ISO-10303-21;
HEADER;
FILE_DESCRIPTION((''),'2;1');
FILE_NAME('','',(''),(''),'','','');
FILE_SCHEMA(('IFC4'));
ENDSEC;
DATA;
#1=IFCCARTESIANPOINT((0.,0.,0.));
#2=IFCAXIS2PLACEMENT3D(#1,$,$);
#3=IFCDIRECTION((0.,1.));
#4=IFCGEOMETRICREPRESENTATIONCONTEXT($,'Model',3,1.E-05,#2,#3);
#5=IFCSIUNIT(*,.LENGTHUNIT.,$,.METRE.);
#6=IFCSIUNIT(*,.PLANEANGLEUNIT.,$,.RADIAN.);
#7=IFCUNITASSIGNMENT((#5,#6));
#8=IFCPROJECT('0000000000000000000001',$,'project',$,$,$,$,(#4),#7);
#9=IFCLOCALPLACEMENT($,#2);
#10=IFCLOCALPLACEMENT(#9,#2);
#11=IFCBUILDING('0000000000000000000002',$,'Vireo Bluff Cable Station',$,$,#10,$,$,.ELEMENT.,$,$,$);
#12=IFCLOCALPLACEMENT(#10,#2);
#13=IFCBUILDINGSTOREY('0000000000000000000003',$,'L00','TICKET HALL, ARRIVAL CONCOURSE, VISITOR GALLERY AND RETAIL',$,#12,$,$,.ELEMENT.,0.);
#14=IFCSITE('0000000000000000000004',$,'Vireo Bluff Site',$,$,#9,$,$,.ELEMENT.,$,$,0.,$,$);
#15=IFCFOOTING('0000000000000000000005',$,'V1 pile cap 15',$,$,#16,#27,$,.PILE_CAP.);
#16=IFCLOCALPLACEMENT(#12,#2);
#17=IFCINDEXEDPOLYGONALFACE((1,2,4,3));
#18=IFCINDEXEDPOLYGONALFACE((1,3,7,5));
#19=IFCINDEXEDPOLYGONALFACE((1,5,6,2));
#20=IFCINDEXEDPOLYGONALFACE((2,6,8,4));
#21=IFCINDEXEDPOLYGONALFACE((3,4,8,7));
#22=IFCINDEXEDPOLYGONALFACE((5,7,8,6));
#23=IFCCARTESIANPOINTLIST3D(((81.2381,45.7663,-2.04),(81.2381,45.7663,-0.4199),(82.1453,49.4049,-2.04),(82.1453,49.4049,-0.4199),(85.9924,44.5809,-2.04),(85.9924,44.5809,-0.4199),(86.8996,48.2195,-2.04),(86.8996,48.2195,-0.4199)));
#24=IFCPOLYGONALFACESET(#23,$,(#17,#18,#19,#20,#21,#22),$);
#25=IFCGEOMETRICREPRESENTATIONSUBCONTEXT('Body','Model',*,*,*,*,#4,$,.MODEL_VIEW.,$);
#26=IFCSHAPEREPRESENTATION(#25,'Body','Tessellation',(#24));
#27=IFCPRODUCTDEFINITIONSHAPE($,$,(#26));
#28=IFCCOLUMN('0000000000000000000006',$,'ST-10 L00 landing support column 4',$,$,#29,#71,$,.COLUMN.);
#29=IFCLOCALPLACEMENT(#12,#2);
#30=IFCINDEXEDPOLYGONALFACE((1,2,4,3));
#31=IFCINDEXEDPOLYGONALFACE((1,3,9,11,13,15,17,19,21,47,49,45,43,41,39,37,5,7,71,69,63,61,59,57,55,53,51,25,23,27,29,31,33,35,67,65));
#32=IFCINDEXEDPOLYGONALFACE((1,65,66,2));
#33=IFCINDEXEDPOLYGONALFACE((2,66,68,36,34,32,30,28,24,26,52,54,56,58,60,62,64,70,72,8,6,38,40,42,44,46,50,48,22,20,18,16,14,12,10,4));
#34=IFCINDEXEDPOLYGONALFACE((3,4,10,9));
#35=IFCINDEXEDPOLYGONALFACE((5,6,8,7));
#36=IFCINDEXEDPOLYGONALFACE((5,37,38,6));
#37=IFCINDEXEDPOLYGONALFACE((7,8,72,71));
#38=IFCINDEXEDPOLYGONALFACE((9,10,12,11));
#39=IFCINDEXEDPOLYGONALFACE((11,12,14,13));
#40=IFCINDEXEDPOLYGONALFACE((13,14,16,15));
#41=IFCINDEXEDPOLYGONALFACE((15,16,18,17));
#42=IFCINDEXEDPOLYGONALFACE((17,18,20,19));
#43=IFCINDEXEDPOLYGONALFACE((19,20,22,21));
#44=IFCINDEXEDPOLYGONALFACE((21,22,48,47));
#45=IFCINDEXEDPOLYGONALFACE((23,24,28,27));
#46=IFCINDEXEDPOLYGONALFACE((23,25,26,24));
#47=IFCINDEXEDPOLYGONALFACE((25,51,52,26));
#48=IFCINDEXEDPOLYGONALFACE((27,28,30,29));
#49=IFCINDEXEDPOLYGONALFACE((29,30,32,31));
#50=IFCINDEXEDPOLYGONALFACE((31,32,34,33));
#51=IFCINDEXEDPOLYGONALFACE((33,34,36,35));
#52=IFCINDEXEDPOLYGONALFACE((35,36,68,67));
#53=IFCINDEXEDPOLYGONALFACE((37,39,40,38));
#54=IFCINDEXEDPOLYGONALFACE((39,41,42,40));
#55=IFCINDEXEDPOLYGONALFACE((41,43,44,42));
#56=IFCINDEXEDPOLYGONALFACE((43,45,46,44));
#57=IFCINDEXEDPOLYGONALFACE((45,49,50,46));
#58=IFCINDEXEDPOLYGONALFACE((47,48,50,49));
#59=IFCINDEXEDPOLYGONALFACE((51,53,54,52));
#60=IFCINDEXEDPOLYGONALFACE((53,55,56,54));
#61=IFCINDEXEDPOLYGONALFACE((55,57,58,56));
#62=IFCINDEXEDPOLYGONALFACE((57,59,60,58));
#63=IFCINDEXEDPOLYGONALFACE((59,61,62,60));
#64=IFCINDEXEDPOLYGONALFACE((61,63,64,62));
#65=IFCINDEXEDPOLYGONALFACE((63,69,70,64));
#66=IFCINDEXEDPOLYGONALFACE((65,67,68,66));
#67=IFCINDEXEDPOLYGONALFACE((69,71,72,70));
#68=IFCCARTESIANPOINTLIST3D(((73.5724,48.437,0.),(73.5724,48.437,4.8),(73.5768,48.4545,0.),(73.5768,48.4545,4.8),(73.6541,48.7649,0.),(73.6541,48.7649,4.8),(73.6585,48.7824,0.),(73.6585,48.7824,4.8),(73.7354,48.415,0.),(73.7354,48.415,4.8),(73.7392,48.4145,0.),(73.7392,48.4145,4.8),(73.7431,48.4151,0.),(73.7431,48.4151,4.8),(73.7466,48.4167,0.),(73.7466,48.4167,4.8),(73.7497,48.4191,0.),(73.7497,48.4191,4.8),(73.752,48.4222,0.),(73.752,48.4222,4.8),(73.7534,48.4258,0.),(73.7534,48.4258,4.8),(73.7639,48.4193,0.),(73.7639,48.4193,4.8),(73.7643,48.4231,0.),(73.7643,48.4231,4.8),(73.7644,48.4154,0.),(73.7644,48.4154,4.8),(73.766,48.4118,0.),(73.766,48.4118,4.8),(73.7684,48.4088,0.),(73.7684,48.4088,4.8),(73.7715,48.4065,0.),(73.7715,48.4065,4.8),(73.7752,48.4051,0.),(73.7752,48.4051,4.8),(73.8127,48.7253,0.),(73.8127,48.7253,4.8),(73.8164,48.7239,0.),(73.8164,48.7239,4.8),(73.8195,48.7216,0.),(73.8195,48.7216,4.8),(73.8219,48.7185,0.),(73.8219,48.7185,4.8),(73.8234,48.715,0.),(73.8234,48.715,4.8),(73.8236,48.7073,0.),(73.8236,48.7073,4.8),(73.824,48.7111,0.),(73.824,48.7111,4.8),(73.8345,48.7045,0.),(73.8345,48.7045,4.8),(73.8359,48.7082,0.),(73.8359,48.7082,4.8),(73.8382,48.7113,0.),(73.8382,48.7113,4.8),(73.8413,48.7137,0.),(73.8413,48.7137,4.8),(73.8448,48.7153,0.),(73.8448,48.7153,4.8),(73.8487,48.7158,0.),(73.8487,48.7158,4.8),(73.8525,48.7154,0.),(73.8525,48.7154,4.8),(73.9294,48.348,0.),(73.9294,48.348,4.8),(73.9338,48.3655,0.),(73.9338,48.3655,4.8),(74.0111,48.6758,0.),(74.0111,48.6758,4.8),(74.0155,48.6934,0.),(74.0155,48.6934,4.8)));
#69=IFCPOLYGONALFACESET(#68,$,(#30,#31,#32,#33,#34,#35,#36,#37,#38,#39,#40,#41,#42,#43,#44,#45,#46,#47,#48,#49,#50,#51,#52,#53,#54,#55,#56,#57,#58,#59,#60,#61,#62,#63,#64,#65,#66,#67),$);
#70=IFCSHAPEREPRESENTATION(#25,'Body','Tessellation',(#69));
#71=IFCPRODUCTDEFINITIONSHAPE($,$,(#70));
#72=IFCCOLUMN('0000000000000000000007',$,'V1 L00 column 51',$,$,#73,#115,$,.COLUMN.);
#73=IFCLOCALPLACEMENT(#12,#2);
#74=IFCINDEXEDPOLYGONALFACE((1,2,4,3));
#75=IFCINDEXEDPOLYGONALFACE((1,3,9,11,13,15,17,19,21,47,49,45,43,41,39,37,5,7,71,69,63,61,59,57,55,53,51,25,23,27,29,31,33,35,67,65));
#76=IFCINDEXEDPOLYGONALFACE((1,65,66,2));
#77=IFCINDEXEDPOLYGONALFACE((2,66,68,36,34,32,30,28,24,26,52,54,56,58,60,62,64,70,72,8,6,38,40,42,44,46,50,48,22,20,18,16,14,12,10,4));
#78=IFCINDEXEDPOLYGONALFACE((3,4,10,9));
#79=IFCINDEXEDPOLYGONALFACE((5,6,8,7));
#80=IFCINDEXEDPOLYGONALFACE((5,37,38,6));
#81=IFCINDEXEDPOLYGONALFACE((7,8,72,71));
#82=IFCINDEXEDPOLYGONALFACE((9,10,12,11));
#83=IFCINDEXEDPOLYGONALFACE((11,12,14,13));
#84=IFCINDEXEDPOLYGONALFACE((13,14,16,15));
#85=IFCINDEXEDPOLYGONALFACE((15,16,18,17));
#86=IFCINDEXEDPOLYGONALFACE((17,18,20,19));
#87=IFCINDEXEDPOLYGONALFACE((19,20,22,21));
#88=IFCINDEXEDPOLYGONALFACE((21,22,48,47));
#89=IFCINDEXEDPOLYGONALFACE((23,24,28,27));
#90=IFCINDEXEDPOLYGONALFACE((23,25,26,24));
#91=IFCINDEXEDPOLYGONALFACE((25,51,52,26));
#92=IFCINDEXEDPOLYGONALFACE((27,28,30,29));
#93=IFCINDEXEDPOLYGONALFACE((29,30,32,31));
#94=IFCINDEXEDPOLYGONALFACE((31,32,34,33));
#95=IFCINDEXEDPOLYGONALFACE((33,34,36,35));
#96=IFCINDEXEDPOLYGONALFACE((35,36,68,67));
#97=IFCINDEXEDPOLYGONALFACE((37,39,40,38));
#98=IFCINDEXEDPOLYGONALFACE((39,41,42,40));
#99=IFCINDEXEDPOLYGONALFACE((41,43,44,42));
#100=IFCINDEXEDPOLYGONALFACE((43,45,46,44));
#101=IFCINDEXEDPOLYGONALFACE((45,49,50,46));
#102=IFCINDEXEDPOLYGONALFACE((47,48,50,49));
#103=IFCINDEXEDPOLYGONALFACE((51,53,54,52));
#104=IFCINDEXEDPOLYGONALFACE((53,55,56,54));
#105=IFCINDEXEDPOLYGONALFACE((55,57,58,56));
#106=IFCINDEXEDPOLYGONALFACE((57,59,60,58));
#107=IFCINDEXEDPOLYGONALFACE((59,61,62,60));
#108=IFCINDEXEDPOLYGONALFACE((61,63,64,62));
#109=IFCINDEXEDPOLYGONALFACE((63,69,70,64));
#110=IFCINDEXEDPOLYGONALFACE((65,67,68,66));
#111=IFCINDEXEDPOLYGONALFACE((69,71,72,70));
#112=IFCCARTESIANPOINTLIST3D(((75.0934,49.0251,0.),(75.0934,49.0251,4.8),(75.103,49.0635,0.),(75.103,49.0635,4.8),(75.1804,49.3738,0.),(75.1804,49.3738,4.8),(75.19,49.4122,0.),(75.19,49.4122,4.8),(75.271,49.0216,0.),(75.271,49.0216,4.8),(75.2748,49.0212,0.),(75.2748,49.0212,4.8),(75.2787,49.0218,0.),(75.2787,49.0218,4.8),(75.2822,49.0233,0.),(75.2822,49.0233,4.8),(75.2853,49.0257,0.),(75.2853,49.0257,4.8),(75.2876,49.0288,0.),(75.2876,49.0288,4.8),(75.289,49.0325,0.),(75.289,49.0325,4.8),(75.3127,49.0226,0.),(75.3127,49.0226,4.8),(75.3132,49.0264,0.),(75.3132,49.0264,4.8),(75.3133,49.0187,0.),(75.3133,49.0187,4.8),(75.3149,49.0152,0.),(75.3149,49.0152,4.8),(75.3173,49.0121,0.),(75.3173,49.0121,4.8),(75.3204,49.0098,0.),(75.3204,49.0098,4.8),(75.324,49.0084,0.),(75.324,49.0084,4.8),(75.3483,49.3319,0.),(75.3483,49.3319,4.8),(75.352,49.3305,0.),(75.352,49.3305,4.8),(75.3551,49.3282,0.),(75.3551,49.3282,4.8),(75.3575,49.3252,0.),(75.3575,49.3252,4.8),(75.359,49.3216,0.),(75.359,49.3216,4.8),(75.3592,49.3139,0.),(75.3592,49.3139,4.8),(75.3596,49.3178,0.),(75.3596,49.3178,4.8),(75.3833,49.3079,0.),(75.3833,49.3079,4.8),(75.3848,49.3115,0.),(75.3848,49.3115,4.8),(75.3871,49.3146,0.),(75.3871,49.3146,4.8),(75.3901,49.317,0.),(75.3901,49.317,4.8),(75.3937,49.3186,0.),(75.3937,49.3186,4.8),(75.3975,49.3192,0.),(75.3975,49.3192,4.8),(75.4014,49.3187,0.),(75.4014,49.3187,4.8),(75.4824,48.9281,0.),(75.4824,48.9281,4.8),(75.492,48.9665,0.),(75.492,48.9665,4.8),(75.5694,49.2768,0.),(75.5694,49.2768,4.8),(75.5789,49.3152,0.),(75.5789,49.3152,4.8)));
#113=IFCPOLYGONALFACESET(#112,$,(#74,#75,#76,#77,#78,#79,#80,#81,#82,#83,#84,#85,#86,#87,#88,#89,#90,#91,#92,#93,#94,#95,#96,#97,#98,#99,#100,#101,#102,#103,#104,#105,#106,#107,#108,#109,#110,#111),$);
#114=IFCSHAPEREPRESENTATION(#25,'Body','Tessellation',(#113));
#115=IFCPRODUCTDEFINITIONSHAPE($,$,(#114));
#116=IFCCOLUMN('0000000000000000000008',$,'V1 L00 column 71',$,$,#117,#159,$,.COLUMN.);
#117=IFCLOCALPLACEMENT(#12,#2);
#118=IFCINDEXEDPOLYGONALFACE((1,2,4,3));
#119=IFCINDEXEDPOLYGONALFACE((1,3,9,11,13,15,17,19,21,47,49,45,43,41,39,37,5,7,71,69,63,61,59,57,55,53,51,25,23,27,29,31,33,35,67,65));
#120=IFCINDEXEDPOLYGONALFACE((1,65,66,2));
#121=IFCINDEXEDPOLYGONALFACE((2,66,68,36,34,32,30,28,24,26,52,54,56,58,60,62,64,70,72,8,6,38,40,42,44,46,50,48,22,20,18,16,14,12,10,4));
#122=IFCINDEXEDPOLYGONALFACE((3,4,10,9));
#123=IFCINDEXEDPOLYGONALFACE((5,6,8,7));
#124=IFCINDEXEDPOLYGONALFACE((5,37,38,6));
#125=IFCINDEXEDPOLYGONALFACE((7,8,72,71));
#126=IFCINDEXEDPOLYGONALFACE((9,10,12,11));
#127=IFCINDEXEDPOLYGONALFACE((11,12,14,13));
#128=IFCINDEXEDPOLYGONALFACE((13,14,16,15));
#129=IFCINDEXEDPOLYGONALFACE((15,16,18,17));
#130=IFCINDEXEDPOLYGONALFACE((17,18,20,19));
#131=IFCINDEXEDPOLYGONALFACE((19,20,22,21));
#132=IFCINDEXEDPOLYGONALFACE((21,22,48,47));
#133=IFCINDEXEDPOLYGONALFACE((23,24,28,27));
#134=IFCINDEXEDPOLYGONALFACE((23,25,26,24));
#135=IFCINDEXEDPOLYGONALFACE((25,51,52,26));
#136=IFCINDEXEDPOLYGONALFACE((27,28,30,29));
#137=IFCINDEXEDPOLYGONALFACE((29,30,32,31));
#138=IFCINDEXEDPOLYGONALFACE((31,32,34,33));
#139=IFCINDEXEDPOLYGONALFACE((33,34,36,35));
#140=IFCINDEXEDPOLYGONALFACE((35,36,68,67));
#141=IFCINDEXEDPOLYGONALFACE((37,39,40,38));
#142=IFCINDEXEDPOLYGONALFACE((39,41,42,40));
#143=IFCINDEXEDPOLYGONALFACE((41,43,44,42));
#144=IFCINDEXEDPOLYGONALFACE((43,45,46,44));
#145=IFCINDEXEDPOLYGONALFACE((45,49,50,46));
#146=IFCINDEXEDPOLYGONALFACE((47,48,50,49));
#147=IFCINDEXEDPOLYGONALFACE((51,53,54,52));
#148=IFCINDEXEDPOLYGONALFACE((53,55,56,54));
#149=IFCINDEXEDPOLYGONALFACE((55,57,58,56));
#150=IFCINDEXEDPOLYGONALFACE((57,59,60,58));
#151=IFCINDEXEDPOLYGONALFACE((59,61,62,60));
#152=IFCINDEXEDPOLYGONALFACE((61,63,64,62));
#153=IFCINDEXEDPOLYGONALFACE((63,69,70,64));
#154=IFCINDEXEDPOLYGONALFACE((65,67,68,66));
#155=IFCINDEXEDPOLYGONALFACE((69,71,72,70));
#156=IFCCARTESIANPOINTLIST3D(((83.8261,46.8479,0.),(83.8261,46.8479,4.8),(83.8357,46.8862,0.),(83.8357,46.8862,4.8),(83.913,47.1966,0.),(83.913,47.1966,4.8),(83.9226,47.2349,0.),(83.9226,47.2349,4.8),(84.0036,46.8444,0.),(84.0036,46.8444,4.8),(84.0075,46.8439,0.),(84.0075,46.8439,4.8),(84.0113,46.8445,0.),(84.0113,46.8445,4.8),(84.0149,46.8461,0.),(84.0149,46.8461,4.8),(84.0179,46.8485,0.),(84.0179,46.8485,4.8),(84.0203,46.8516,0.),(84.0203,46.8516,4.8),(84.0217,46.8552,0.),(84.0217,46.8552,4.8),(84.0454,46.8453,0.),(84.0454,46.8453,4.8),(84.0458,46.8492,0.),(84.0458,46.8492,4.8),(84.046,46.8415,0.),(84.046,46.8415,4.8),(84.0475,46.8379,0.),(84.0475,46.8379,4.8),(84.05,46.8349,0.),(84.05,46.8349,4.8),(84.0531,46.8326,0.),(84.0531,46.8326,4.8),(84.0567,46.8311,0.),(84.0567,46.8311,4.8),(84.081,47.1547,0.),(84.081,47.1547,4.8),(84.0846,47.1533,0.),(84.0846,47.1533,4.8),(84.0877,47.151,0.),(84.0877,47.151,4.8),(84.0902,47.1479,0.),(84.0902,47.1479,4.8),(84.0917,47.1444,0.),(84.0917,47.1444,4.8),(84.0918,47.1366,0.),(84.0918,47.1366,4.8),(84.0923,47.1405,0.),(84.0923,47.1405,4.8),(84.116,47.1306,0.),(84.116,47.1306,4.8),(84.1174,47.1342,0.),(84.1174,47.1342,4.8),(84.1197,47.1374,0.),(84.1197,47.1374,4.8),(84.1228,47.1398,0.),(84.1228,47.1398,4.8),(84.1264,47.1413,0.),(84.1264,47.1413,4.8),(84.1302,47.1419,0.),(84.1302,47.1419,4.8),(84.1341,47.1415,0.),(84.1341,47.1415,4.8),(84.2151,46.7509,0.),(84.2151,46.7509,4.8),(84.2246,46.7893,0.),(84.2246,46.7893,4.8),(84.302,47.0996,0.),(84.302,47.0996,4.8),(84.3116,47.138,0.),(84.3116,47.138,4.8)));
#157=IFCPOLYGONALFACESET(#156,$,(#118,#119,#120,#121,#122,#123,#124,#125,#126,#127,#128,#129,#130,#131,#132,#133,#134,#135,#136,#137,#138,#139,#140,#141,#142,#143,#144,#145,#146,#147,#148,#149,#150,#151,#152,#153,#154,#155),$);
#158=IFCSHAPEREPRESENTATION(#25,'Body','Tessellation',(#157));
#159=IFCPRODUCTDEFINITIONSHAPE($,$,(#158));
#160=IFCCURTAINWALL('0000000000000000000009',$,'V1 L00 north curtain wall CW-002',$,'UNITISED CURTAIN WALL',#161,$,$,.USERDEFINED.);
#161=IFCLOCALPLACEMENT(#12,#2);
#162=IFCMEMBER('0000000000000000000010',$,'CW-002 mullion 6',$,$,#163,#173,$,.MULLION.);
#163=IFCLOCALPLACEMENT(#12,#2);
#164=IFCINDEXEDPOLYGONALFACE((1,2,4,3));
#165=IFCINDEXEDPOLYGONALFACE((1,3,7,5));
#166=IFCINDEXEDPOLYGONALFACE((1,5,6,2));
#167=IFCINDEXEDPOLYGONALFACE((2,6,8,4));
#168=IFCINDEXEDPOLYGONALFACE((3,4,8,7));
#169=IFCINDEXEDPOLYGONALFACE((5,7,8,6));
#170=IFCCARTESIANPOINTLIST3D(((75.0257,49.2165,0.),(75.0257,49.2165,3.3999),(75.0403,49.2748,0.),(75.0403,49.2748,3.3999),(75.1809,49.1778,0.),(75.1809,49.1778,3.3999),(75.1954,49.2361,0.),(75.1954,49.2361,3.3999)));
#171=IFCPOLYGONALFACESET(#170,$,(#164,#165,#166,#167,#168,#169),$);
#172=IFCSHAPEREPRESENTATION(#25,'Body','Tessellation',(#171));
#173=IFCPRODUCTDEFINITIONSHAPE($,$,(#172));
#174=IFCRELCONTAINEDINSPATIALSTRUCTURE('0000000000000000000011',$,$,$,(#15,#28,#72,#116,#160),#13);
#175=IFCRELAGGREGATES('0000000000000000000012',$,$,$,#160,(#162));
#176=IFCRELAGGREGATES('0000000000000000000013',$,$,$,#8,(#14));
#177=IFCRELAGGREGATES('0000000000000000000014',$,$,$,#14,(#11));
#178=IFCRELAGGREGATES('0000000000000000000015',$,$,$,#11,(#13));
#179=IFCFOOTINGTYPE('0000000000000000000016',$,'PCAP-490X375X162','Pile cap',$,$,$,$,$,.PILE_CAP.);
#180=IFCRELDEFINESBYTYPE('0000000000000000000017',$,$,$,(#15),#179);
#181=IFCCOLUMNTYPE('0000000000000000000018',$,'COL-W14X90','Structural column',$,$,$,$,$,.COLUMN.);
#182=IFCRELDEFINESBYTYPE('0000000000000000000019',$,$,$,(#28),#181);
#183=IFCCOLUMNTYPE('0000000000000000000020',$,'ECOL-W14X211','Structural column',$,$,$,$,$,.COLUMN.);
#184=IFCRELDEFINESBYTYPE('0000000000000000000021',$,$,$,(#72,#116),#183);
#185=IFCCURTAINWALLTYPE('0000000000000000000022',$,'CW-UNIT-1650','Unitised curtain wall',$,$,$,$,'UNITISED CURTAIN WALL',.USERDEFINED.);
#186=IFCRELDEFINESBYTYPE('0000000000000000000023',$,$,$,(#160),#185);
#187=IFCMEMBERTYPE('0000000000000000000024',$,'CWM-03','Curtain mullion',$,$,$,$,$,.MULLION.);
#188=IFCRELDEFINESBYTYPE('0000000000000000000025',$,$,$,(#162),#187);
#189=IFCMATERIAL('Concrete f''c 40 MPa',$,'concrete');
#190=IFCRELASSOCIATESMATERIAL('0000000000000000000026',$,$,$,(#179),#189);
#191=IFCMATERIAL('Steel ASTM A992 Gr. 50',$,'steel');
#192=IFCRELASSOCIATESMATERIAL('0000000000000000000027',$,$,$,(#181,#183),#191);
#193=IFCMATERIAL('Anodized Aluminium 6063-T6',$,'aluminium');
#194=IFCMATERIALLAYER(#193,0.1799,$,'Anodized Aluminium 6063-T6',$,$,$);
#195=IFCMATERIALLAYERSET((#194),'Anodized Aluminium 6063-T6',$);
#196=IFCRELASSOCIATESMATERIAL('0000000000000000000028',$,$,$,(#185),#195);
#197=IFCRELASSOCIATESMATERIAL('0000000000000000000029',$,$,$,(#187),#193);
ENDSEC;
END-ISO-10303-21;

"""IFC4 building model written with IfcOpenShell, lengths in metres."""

from ifc_helpers import new_model, si_unit, direction, frame, origin, origin_2d, place, context, subcontext, project, spatial, rectangle, i_section, extrude, material, layer, layer_set, material_profile, profile_set, type_object, element, aggregate, save


model = new_model("IFC4")

# Units and contexts
model_context = context("Model", 3, precision=1e-05, world=origin(), true_north=direction((0.0, 1.0)))
body_context = subcontext(model_context, "Body", "Model", "MODEL_VIEW")
ifc_project = project(units=[si_unit("LENGTHUNIT", "METRE"), si_unit("PLANEANGLEUNIT", "RADIAN")], contexts=[model_context])

# Site, building, storey
site_placement = place(None, origin())
site = spatial("IfcSite", under=ifc_project, at=site_placement, Name="Vireo Bluff Site", CompositionType="ELEMENT", RefElevation=0.0)
building_placement = place(site_placement, origin())
building = spatial("IfcBuilding", under=site, at=building_placement, Name="Vireo Bluff Cable Station", CompositionType="ELEMENT")
storey_placement = place(building_placement, origin())
storey = spatial("IfcBuildingStorey", under=building, at=storey_placement, Name="L00", Description="TICKET HALL, ARRIVAL CONCOURSE, VISITOR GALLERY AND RETAIL", CompositionType="ELEMENT", Elevation=0.0)

# Footing
ifc_material_1 = material(Name="Concrete f'c 40 MPa", Category="concrete")
footing_type_1 = type_object("IfcFootingType", Name="PCAP-490X375X162", Description="Pile cap", PredefinedType="PILE_CAP", material=ifc_material_1)
footing_1_placement = place(storey_placement, frame((84.0688, 46.9929, -2.04), z_axis=(0.0, 0.0, 1.0), x_axis=(0.970296, -0.241922, 0.0)))
element("IfcFooting", 1, at=footing_1_placement, inside=storey, type_object=footing_type_1, Name="V1 pile cap 15", PredefinedType="PILE_CAP", context=body_context, shape_type="SweptSolid", body=[
    extrude(rectangle(XDim=4.8999, YDim=3.75, at=origin_2d()), origin(), (0.0, 0.0, 1.0), 1.6201),
])

# Columns
ifc_material_2 = material(Name="Steel ASTM A992 Gr. 50", Category="steel")
ifc_material_profile_1 = material_profile(ifc_material_2, i_section(OverallWidth=0.3679, OverallDepth=0.356, WebThickness=0.0112, FlangeThickness=0.0181, FilletRadius=0.0149, at=origin_2d()), Name="W14X90")
ifc_profile_set_1 = profile_set([ifc_material_profile_1], Name="Steel ASTM A992 Gr. 50")
column_type_1 = type_object("IfcColumnType", Name="COL-W14X90", Description="Structural column", PredefinedType="COLUMN", material=ifc_profile_set_1)
column_placement = place(storey_placement, frame((73.7939, 48.5652, 0.0), z_axis=(0.0, 0.0, 1.0), x_axis=(0.970296, -0.241922, 0.0)))
element("IfcColumn", 2, at=column_placement, inside=storey, type_object=column_type_1, Name="ST-10 L00 landing support column 4", PredefinedType="COLUMN", context=body_context, shape_type="SweptSolid", body=[
    extrude(i_section(OverallWidth=0.3679, OverallDepth=0.356, WebThickness=0.0112, FlangeThickness=0.0181, FilletRadius=0.0149, at=origin_2d()), origin(), (0.0, 0.0, 1.0), 4.8),
])
ifc_material_profile_2 = material_profile(ifc_material_2, i_section(OverallWidth=0.4009, OverallDepth=0.3989, WebThickness=0.0249, FlangeThickness=0.0396, FilletRadius=0.0149, at=origin_2d()), Name="W14X211")
ifc_profile_set_2 = profile_set([ifc_material_profile_2], Name="Steel ASTM A992 Gr. 50")
column_type_2 = type_object("IfcColumnType", Name="ECOL-W14X211", Description="Structural column", PredefinedType="COLUMN", material=ifc_profile_set_2)
for number, where, z_axis, x_axis, name in (
    (3, (75.3362, 49.1702, 0.0), (0.0, 0.0, 1.0), (0.970296, -0.241922, 0.0), "V1 L00 column 51"),
    (4, (84.0688, 46.9929, 0.0), (0.0, 0.0, 1.0), (0.970296, -0.241922, 0.0), "V1 L00 column 71"),
):
    element("IfcColumn", number, at=place(storey_placement, frame(where, z_axis=z_axis, x_axis=x_axis)), inside=storey, type_object=column_type_2, Name=name, PredefinedType="COLUMN", context=body_context, shape_type="SweptSolid", body=[
        extrude(i_section(OverallWidth=0.4009, OverallDepth=0.3989, WebThickness=0.0249, FlangeThickness=0.0396, FilletRadius=0.0149, at=origin_2d()), origin(), (0.0, 0.0, 1.0), 4.8),
    ])

# Curtain wall, member
ifc_material_3 = material(Name="Anodized Aluminium 6063-T6", Category="aluminium")
ifc_layer_1 = layer(ifc_material_3, 0.1799, Name="Anodized Aluminium 6063-T6")
ifc_layer_set_1 = layer_set([ifc_layer_1], Name="Anodized Aluminium 6063-T6")
curtain_wall_type = type_object("IfcCurtainWallType", Name="CW-UNIT-1650", Description="Unitised curtain wall", ElementType="UNITISED CURTAIN WALL", PredefinedType="USERDEFINED", material=ifc_layer_set_1)
curtain_wall_placement = place(storey_placement, origin())
curtain_wall = element("IfcCurtainWall", 5, at=curtain_wall_placement, inside=storey, type_object=curtain_wall_type, Name="V1 L00 north curtain wall CW-002", ObjectType="UNITISED CURTAIN WALL", PredefinedType="USERDEFINED")
ifc_material_profile_3 = material_profile(ifc_material_3, rectangle(XDim=0.0601, YDim=0.1599, at=origin_2d()), Name="ALU-M-60X160")
ifc_profile_set_3 = profile_set([ifc_material_profile_3], Name="Anodized Aluminium 6063-T6")
member_type = type_object("IfcMemberType", Name="CWM-03", Description="Curtain mullion", PredefinedType="MULLION", material=ifc_profile_set_3)
member_placement = place(storey_placement, frame((75.1106, 49.2263, 0.0), z_axis=(0.0, 0.0, 1.0), x_axis=(0.241922, 0.970296, 0.0)))
member = element("IfcMember", 6, at=member_placement, type_object=member_type, Name="CW-002 mullion 6", PredefinedType="MULLION", context=body_context, shape_type="SweptSolid", body=[
    extrude(rectangle(XDim=0.0601, YDim=0.1599, at=origin_2d()), origin(), (0.0, 0.0, 1.0), 3.3999),
])

aggregate(curtain_wall, [member])

save(model, "model.ifc")
